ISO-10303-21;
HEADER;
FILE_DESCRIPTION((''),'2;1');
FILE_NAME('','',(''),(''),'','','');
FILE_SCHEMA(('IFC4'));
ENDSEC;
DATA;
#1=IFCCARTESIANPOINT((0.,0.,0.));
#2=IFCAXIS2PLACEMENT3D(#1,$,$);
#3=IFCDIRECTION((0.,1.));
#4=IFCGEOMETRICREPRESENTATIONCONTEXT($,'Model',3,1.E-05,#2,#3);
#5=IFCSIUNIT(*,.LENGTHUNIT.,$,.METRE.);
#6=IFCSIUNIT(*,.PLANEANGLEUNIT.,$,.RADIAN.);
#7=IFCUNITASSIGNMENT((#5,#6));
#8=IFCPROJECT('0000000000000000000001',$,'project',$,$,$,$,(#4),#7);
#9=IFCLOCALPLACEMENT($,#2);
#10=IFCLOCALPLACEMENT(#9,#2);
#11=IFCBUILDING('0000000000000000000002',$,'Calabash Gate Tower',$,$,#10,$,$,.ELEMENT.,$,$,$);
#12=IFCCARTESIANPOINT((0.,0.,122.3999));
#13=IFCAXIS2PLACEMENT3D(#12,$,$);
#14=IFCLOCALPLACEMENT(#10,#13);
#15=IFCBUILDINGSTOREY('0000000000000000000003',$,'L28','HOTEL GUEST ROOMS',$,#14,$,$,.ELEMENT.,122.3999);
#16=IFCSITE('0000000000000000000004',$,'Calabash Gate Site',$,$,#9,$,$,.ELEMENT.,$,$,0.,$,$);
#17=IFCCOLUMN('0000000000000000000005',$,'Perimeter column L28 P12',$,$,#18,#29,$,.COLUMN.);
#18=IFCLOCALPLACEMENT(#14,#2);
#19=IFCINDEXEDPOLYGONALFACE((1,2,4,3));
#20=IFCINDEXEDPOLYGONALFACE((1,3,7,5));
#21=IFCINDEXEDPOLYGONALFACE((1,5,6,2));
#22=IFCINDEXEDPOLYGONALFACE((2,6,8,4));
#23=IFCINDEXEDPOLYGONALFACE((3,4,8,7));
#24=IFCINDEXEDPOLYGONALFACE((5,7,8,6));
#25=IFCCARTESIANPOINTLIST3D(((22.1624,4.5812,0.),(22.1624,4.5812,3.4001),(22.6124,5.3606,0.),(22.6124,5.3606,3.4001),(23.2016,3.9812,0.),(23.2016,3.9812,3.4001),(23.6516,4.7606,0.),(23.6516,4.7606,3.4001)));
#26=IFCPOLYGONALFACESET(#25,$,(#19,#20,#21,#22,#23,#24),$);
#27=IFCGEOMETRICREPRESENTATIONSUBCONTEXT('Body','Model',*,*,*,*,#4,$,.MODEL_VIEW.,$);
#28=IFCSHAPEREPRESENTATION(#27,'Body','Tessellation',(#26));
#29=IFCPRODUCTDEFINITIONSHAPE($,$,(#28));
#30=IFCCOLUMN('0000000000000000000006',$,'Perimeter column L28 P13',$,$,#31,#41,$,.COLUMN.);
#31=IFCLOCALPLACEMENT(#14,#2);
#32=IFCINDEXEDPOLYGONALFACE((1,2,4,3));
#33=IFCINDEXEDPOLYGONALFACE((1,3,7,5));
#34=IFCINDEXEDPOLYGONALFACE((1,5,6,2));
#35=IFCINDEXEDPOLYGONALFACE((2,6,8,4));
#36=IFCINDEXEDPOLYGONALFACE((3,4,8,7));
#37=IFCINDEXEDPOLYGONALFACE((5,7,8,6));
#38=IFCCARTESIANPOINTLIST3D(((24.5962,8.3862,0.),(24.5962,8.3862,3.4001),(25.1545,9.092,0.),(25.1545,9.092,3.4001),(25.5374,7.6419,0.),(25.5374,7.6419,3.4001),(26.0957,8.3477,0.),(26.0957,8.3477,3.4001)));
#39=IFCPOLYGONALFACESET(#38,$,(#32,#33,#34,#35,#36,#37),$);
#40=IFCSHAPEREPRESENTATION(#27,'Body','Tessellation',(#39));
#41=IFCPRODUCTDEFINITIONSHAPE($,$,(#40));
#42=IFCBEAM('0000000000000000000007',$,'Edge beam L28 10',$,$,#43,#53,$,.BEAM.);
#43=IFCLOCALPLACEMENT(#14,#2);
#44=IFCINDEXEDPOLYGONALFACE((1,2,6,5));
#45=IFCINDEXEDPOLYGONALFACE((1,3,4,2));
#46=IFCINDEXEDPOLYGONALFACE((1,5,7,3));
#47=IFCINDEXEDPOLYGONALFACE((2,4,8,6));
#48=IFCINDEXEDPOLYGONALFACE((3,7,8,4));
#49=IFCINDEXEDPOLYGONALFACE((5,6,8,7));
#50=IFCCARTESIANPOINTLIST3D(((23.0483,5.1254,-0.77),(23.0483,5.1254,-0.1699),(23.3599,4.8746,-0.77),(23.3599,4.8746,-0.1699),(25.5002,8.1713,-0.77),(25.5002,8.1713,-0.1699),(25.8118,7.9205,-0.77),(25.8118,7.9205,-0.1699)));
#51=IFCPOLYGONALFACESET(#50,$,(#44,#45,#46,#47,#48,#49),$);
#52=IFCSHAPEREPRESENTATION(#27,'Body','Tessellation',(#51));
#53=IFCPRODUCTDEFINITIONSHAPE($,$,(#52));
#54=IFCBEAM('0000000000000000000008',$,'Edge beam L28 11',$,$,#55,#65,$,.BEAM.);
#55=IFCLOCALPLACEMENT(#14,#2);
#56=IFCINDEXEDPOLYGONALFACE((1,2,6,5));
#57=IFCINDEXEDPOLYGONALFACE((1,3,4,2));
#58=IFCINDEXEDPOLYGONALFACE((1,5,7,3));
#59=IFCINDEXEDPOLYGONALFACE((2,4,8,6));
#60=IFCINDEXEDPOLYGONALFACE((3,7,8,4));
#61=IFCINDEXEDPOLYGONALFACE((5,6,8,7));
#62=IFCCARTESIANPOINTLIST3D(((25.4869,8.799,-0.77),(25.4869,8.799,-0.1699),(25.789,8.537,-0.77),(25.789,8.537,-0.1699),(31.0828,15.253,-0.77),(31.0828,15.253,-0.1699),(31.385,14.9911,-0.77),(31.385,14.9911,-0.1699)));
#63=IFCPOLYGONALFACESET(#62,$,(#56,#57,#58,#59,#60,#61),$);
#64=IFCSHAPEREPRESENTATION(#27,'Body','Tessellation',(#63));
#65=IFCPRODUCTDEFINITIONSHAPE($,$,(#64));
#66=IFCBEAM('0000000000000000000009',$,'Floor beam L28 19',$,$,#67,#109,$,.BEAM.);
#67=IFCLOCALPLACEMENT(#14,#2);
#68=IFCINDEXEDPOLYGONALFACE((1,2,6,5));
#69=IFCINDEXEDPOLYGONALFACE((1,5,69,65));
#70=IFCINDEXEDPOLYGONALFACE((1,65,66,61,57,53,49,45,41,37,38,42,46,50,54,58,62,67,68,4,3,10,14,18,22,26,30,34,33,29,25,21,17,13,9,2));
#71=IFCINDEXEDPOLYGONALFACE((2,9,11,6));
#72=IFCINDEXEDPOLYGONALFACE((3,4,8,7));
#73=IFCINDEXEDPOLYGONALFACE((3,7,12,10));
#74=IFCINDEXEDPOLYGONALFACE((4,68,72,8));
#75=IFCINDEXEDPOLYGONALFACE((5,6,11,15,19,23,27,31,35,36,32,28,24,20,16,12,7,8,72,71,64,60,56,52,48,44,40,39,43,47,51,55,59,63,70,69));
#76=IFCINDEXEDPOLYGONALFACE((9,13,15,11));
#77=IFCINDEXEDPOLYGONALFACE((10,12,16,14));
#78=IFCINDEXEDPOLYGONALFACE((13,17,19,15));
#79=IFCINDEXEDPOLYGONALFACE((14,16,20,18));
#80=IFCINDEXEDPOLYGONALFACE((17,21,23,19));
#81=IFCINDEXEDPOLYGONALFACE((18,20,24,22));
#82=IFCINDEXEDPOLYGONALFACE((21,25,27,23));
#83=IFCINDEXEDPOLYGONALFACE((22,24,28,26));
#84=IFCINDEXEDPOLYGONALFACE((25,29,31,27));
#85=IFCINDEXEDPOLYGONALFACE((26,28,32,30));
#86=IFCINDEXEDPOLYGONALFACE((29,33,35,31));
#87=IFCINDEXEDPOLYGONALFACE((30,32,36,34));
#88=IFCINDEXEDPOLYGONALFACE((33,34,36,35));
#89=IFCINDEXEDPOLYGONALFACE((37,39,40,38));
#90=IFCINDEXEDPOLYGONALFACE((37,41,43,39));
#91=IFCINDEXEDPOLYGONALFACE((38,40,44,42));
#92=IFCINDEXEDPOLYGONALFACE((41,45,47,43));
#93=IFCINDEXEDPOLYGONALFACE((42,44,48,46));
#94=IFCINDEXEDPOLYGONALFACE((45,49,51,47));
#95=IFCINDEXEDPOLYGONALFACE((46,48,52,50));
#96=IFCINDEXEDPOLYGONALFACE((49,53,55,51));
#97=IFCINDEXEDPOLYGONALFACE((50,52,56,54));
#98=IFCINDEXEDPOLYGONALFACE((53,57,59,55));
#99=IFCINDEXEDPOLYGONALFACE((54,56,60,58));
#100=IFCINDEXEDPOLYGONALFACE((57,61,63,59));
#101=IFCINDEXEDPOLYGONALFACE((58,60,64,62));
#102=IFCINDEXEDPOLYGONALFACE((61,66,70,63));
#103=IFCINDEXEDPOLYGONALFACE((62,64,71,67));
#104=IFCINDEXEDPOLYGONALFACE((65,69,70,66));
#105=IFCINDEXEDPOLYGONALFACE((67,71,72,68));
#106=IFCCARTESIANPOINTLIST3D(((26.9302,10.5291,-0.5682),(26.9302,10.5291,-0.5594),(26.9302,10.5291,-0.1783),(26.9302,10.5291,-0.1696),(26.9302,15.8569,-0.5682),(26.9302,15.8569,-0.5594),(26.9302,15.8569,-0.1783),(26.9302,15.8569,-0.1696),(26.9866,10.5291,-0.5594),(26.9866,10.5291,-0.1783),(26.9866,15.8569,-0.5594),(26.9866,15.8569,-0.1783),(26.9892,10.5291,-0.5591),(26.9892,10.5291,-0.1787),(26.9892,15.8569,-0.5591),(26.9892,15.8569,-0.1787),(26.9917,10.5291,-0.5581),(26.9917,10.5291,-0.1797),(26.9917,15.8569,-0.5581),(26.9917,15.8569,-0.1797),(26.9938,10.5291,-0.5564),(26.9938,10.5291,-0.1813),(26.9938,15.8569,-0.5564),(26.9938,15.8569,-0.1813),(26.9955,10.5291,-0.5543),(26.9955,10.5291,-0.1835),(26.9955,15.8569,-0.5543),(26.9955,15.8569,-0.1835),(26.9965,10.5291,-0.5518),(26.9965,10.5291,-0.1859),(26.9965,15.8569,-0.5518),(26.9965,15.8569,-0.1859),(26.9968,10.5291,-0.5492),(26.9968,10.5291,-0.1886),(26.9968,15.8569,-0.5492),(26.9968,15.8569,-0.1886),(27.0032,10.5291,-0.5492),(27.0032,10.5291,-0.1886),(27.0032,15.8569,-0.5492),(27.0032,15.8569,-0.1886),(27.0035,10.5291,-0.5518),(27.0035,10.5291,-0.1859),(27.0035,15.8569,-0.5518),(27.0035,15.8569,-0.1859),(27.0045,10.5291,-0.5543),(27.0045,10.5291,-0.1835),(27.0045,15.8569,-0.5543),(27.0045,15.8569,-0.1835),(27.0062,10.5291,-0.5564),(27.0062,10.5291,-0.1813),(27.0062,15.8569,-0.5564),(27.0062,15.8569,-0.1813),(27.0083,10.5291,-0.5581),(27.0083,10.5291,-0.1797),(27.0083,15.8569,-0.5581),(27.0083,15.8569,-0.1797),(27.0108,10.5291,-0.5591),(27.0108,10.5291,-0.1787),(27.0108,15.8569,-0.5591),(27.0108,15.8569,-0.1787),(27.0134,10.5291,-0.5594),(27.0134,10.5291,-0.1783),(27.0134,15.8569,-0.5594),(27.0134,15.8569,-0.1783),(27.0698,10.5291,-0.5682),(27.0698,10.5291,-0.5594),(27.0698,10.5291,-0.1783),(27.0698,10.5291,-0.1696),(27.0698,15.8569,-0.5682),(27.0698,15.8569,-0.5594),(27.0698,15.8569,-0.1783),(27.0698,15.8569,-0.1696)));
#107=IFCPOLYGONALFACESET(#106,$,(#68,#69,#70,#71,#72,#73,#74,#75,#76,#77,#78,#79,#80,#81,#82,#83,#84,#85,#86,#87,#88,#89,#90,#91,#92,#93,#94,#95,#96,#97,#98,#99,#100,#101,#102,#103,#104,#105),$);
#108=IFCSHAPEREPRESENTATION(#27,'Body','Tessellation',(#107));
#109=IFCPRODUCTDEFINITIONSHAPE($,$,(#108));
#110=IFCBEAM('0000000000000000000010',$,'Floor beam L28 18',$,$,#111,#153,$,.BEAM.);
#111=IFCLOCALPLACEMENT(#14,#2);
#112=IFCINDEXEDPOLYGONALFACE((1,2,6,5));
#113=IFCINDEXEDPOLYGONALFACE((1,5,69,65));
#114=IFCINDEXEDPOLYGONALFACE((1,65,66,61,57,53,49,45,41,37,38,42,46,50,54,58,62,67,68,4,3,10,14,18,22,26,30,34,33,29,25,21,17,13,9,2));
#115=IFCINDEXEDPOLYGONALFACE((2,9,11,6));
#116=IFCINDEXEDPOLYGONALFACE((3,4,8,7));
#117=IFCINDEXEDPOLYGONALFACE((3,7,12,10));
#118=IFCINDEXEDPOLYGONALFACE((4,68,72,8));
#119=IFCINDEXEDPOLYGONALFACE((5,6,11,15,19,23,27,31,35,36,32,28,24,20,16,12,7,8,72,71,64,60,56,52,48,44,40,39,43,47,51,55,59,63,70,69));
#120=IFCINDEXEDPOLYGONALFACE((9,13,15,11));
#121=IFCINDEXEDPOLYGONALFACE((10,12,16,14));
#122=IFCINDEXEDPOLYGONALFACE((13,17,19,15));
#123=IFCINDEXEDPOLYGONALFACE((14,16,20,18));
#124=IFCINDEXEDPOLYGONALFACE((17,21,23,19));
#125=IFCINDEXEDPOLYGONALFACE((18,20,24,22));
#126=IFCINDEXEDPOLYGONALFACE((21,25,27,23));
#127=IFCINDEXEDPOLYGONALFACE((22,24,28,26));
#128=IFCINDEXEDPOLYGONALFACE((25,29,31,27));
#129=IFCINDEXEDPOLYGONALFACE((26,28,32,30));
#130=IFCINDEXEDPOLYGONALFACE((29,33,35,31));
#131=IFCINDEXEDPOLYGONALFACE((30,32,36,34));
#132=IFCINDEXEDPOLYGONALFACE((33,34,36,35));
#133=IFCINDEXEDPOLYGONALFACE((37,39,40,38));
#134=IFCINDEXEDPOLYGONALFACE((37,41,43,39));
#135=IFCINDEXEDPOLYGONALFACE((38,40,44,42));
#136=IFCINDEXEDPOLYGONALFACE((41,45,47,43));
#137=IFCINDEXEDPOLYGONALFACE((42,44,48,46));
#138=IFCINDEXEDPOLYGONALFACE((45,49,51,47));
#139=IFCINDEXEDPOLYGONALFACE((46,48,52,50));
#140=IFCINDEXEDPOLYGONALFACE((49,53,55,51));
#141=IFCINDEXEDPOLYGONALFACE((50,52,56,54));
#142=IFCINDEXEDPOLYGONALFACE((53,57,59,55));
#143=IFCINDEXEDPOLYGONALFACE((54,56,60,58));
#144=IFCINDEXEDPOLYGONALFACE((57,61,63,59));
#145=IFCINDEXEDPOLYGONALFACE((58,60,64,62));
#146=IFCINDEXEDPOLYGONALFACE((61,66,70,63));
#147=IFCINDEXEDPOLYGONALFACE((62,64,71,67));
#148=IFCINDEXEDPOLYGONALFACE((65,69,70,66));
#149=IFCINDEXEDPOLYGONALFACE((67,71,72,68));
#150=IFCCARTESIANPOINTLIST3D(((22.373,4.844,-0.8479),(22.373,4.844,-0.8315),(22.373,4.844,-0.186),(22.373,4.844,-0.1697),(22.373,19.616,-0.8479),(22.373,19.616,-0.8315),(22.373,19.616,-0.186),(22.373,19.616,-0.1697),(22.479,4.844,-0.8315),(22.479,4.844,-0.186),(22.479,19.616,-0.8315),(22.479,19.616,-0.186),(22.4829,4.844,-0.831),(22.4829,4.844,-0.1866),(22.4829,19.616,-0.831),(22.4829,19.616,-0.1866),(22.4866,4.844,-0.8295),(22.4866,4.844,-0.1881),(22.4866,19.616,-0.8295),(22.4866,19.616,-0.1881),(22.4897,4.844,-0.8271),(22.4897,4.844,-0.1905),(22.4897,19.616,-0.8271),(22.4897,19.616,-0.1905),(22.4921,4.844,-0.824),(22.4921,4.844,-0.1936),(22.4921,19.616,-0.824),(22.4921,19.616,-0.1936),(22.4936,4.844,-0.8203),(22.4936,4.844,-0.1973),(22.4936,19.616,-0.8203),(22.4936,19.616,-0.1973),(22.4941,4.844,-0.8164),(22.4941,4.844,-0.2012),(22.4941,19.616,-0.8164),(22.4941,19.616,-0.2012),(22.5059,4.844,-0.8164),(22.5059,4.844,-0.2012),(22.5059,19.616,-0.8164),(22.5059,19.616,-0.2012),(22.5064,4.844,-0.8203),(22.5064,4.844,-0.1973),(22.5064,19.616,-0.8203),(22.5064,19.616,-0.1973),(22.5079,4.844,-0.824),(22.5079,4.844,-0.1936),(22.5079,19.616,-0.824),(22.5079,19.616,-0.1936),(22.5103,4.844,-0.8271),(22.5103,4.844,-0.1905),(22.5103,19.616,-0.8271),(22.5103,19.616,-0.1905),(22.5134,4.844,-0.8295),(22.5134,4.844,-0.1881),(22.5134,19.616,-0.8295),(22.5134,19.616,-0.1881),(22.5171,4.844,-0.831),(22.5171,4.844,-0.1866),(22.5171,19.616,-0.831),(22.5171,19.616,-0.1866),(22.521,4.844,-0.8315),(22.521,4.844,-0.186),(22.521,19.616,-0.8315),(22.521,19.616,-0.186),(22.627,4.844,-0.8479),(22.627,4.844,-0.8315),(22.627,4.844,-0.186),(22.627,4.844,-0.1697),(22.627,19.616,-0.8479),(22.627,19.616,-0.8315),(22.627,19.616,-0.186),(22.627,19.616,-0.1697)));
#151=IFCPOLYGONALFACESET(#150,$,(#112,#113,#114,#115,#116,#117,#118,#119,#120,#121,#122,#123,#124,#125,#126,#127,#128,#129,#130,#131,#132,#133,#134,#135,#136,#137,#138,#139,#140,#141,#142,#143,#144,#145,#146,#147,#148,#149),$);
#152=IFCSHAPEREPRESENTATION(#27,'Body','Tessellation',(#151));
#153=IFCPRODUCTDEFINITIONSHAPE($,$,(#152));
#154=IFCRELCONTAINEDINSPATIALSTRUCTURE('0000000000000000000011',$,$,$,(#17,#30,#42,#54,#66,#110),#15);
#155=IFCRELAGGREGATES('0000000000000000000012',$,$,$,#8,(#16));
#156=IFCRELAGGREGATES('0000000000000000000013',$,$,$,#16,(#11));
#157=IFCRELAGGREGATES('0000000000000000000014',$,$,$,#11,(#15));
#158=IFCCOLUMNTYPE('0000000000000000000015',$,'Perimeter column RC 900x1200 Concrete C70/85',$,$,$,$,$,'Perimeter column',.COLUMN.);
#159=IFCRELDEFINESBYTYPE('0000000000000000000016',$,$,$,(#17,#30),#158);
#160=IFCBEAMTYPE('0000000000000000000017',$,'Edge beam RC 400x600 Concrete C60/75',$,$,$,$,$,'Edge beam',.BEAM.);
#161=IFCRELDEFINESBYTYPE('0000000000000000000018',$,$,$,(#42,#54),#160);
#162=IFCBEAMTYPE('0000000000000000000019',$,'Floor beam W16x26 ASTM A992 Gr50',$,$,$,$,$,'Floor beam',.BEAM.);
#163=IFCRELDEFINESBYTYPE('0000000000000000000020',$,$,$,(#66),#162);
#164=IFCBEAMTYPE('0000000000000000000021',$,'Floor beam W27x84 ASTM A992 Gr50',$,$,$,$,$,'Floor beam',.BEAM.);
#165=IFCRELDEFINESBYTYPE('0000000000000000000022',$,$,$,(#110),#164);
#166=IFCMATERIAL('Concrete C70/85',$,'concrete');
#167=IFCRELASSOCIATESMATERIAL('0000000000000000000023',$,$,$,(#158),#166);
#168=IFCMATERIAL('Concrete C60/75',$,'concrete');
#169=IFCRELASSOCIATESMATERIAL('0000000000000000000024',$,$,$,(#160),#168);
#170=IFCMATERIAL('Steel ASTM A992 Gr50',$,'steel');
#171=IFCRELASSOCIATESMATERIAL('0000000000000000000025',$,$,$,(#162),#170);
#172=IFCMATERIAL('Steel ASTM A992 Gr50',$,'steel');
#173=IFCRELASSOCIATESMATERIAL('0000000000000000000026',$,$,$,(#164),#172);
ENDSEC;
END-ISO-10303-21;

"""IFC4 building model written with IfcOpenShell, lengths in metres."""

from ifc_helpers import new_model, si_unit, direction, frame, origin, origin_2d, place, context, subcontext, project, spatial, rectangle, i_section, extrude, material, material_profile, profile_set, type_object, element, save


model = new_model("IFC4")

# Units and contexts
model_context = context("Model", 3, precision=1e-05, world=origin(), true_north=direction((0.0, 1.0)))
body_context = subcontext(model_context, "Body", "Model", "MODEL_VIEW")
ifc_project = project(units=[si_unit("LENGTHUNIT", "METRE"), si_unit("PLANEANGLEUNIT", "RADIAN")], contexts=[model_context])

# Site, building, storey
site_placement = place(None, origin())
site = spatial("IfcSite", under=ifc_project, at=site_placement, Name="Calabash Gate Site", CompositionType="ELEMENT", RefElevation=0.0)
building_placement = place(site_placement, origin())
building = spatial("IfcBuilding", under=site, at=building_placement, Name="Calabash Gate Tower", CompositionType="ELEMENT")
storey_placement = place(building_placement, frame((0.0, 0.0, 122.3999)))
storey = spatial("IfcBuildingStorey", under=building, at=storey_placement, Name="L28", Description="HOTEL GUEST ROOMS", CompositionType="ELEMENT", Elevation=122.3999)

# Columns
ifc_material_1 = material(Name="Concrete C70/85", Category="concrete")
ifc_material_profile_1 = material_profile(ifc_material_1, rectangle(XDim=0.8999, YDim=1.2, at=origin_2d()))
ifc_profile_set_1 = profile_set([ifc_material_profile_1], Name="Concrete C70/85")
column_type = type_object("IfcColumnType", Name="Perimeter column RC 900x1200 Concrete C70/85", ElementType="Perimeter column", PredefinedType="COLUMN", material=ifc_profile_set_1)
for number, where, z_axis, x_axis, name in (
    (1, (22.907, 4.6709, 0.0), (0.0, 0.0, 1.0), (0.5, 0.866025, 0.0), "Perimeter column L28 P12"),
    (2, (25.3459, 8.3669, 0.0), (0.0, 0.0, 1.0), (0.620301, 0.784364, 0.0), "Perimeter column L28 P13"),
):
    element("IfcColumn", number, at=place(storey_placement, frame(where, z_axis=z_axis, x_axis=x_axis)), inside=storey, type_object=column_type, Name=name, PredefinedType="COLUMN", context=body_context, shape_type="SweptSolid", body=[
        extrude(rectangle(XDim=0.8999, YDim=1.2, at=origin_2d()), origin(), (0.0, 0.0, 1.0), 3.4001),
    ])

# Beams
ifc_material_2 = material(Name="Concrete C60/75", Category="concrete")
ifc_material_profile_2 = material_profile(ifc_material_2, rectangle(XDim=0.3999, YDim=0.6001, at=origin_2d()))
ifc_profile_set_2 = profile_set([ifc_material_profile_2], Name="Concrete C60/75")
beam_type_1 = type_object("IfcBeamType", Name="Edge beam RC 400x600 Concrete C60/75", ElementType="Edge beam", PredefinedType="BEAM", material=ifc_profile_set_2)
beam_1_placement = place(storey_placement, frame((23.2041, 5.0, -0.47), z_axis=(0.62706, 0.778971, 0.0), x_axis=(-0.778971, 0.62706, 0.0)))
element("IfcBeam", 3, at=beam_1_placement, inside=storey, type_object=beam_type_1, Name="Edge beam L28 10", PredefinedType="BEAM", context=body_context, shape_type="SweptSolid", body=[
    extrude(rectangle(XDim=0.3999, YDim=0.6001, at=origin_2d()), origin(), (0.0, 0.0, 1.0), 3.9102),
])
beam_2_placement = place(storey_placement, frame((25.6379, 8.668, -0.47), z_axis=(0.65509, 0.75555, 0.0), x_axis=(-0.75555, 0.65509, 0.0)))
element("IfcBeam", 4, at=beam_2_placement, inside=storey, type_object=beam_type_1, Name="Edge beam L28 11", PredefinedType="BEAM", context=body_context, shape_type="SweptSolid", body=[
    extrude(rectangle(XDim=0.3999, YDim=0.6001, at=origin_2d()), origin(), (0.0, 0.0, 1.0), 8.5422),
])
ifc_material_3 = material(Name="Steel ASTM A992 Gr50", Category="steel")
ifc_material_profile_3 = material_profile(ifc_material_3, i_section(OverallWidth=0.1396, OverallDepth=0.3987, WebThickness=0.0063, FlangeThickness=0.0088, FilletRadius=0.0103, at=origin_2d()))
ifc_profile_set_3 = profile_set([ifc_material_profile_3], Name="Steel ASTM A992 Gr50")
beam_type_2 = type_object("IfcBeamType", Name="Floor beam W16x26 ASTM A992 Gr50", ElementType="Floor beam", PredefinedType="BEAM", material=ifc_profile_set_3)
beam_3_placement = place(storey_placement, frame((27.0, 10.5291, -0.3689), z_axis=(0.0, 1.0, 0.0), x_axis=(-1.0, 0.0, 0.0)))
element("IfcBeam", 5, at=beam_3_placement, inside=storey, type_object=beam_type_2, Name="Floor beam L28 19", PredefinedType="BEAM", context=body_context, shape_type="SweptSolid", body=[
    extrude(i_section(OverallWidth=0.1396, OverallDepth=0.3987, WebThickness=0.0063, FlangeThickness=0.0088, FilletRadius=0.0103, at=origin_2d()), origin(), (0.0, 0.0, 1.0), 5.3279),
])
ifc_material_4 = material(Name="Steel ASTM A992 Gr50", Category="steel")
ifc_material_profile_4 = material_profile(ifc_material_4, i_section(OverallWidth=0.2539, OverallDepth=0.6782, WebThickness=0.0117, FlangeThickness=0.0164, FilletRadius=0.0151, at=origin_2d()))
ifc_profile_set_4 = profile_set([ifc_material_profile_4], Name="Steel ASTM A992 Gr50")
beam_type_3 = type_object("IfcBeamType", Name="Floor beam W27x84 ASTM A992 Gr50", ElementType="Floor beam", PredefinedType="BEAM", material=ifc_profile_set_4)
beam_4_placement = place(storey_placement, frame((22.5, 4.844, -0.5088), z_axis=(0.0, 1.0, 0.0), x_axis=(-1.0, 0.0, 0.0)))
element("IfcBeam", 6, at=beam_4_placement, inside=storey, type_object=beam_type_3, Name="Floor beam L28 18", PredefinedType="BEAM", context=body_context, shape_type="SweptSolid", body=[
    extrude(i_section(OverallWidth=0.2539, OverallDepth=0.6782, WebThickness=0.0117, FlangeThickness=0.0164, FilletRadius=0.0151, at=origin_2d()), origin(), (0.0, 0.0, 1.0), 14.772),
])

save(model, "model.ifc")
